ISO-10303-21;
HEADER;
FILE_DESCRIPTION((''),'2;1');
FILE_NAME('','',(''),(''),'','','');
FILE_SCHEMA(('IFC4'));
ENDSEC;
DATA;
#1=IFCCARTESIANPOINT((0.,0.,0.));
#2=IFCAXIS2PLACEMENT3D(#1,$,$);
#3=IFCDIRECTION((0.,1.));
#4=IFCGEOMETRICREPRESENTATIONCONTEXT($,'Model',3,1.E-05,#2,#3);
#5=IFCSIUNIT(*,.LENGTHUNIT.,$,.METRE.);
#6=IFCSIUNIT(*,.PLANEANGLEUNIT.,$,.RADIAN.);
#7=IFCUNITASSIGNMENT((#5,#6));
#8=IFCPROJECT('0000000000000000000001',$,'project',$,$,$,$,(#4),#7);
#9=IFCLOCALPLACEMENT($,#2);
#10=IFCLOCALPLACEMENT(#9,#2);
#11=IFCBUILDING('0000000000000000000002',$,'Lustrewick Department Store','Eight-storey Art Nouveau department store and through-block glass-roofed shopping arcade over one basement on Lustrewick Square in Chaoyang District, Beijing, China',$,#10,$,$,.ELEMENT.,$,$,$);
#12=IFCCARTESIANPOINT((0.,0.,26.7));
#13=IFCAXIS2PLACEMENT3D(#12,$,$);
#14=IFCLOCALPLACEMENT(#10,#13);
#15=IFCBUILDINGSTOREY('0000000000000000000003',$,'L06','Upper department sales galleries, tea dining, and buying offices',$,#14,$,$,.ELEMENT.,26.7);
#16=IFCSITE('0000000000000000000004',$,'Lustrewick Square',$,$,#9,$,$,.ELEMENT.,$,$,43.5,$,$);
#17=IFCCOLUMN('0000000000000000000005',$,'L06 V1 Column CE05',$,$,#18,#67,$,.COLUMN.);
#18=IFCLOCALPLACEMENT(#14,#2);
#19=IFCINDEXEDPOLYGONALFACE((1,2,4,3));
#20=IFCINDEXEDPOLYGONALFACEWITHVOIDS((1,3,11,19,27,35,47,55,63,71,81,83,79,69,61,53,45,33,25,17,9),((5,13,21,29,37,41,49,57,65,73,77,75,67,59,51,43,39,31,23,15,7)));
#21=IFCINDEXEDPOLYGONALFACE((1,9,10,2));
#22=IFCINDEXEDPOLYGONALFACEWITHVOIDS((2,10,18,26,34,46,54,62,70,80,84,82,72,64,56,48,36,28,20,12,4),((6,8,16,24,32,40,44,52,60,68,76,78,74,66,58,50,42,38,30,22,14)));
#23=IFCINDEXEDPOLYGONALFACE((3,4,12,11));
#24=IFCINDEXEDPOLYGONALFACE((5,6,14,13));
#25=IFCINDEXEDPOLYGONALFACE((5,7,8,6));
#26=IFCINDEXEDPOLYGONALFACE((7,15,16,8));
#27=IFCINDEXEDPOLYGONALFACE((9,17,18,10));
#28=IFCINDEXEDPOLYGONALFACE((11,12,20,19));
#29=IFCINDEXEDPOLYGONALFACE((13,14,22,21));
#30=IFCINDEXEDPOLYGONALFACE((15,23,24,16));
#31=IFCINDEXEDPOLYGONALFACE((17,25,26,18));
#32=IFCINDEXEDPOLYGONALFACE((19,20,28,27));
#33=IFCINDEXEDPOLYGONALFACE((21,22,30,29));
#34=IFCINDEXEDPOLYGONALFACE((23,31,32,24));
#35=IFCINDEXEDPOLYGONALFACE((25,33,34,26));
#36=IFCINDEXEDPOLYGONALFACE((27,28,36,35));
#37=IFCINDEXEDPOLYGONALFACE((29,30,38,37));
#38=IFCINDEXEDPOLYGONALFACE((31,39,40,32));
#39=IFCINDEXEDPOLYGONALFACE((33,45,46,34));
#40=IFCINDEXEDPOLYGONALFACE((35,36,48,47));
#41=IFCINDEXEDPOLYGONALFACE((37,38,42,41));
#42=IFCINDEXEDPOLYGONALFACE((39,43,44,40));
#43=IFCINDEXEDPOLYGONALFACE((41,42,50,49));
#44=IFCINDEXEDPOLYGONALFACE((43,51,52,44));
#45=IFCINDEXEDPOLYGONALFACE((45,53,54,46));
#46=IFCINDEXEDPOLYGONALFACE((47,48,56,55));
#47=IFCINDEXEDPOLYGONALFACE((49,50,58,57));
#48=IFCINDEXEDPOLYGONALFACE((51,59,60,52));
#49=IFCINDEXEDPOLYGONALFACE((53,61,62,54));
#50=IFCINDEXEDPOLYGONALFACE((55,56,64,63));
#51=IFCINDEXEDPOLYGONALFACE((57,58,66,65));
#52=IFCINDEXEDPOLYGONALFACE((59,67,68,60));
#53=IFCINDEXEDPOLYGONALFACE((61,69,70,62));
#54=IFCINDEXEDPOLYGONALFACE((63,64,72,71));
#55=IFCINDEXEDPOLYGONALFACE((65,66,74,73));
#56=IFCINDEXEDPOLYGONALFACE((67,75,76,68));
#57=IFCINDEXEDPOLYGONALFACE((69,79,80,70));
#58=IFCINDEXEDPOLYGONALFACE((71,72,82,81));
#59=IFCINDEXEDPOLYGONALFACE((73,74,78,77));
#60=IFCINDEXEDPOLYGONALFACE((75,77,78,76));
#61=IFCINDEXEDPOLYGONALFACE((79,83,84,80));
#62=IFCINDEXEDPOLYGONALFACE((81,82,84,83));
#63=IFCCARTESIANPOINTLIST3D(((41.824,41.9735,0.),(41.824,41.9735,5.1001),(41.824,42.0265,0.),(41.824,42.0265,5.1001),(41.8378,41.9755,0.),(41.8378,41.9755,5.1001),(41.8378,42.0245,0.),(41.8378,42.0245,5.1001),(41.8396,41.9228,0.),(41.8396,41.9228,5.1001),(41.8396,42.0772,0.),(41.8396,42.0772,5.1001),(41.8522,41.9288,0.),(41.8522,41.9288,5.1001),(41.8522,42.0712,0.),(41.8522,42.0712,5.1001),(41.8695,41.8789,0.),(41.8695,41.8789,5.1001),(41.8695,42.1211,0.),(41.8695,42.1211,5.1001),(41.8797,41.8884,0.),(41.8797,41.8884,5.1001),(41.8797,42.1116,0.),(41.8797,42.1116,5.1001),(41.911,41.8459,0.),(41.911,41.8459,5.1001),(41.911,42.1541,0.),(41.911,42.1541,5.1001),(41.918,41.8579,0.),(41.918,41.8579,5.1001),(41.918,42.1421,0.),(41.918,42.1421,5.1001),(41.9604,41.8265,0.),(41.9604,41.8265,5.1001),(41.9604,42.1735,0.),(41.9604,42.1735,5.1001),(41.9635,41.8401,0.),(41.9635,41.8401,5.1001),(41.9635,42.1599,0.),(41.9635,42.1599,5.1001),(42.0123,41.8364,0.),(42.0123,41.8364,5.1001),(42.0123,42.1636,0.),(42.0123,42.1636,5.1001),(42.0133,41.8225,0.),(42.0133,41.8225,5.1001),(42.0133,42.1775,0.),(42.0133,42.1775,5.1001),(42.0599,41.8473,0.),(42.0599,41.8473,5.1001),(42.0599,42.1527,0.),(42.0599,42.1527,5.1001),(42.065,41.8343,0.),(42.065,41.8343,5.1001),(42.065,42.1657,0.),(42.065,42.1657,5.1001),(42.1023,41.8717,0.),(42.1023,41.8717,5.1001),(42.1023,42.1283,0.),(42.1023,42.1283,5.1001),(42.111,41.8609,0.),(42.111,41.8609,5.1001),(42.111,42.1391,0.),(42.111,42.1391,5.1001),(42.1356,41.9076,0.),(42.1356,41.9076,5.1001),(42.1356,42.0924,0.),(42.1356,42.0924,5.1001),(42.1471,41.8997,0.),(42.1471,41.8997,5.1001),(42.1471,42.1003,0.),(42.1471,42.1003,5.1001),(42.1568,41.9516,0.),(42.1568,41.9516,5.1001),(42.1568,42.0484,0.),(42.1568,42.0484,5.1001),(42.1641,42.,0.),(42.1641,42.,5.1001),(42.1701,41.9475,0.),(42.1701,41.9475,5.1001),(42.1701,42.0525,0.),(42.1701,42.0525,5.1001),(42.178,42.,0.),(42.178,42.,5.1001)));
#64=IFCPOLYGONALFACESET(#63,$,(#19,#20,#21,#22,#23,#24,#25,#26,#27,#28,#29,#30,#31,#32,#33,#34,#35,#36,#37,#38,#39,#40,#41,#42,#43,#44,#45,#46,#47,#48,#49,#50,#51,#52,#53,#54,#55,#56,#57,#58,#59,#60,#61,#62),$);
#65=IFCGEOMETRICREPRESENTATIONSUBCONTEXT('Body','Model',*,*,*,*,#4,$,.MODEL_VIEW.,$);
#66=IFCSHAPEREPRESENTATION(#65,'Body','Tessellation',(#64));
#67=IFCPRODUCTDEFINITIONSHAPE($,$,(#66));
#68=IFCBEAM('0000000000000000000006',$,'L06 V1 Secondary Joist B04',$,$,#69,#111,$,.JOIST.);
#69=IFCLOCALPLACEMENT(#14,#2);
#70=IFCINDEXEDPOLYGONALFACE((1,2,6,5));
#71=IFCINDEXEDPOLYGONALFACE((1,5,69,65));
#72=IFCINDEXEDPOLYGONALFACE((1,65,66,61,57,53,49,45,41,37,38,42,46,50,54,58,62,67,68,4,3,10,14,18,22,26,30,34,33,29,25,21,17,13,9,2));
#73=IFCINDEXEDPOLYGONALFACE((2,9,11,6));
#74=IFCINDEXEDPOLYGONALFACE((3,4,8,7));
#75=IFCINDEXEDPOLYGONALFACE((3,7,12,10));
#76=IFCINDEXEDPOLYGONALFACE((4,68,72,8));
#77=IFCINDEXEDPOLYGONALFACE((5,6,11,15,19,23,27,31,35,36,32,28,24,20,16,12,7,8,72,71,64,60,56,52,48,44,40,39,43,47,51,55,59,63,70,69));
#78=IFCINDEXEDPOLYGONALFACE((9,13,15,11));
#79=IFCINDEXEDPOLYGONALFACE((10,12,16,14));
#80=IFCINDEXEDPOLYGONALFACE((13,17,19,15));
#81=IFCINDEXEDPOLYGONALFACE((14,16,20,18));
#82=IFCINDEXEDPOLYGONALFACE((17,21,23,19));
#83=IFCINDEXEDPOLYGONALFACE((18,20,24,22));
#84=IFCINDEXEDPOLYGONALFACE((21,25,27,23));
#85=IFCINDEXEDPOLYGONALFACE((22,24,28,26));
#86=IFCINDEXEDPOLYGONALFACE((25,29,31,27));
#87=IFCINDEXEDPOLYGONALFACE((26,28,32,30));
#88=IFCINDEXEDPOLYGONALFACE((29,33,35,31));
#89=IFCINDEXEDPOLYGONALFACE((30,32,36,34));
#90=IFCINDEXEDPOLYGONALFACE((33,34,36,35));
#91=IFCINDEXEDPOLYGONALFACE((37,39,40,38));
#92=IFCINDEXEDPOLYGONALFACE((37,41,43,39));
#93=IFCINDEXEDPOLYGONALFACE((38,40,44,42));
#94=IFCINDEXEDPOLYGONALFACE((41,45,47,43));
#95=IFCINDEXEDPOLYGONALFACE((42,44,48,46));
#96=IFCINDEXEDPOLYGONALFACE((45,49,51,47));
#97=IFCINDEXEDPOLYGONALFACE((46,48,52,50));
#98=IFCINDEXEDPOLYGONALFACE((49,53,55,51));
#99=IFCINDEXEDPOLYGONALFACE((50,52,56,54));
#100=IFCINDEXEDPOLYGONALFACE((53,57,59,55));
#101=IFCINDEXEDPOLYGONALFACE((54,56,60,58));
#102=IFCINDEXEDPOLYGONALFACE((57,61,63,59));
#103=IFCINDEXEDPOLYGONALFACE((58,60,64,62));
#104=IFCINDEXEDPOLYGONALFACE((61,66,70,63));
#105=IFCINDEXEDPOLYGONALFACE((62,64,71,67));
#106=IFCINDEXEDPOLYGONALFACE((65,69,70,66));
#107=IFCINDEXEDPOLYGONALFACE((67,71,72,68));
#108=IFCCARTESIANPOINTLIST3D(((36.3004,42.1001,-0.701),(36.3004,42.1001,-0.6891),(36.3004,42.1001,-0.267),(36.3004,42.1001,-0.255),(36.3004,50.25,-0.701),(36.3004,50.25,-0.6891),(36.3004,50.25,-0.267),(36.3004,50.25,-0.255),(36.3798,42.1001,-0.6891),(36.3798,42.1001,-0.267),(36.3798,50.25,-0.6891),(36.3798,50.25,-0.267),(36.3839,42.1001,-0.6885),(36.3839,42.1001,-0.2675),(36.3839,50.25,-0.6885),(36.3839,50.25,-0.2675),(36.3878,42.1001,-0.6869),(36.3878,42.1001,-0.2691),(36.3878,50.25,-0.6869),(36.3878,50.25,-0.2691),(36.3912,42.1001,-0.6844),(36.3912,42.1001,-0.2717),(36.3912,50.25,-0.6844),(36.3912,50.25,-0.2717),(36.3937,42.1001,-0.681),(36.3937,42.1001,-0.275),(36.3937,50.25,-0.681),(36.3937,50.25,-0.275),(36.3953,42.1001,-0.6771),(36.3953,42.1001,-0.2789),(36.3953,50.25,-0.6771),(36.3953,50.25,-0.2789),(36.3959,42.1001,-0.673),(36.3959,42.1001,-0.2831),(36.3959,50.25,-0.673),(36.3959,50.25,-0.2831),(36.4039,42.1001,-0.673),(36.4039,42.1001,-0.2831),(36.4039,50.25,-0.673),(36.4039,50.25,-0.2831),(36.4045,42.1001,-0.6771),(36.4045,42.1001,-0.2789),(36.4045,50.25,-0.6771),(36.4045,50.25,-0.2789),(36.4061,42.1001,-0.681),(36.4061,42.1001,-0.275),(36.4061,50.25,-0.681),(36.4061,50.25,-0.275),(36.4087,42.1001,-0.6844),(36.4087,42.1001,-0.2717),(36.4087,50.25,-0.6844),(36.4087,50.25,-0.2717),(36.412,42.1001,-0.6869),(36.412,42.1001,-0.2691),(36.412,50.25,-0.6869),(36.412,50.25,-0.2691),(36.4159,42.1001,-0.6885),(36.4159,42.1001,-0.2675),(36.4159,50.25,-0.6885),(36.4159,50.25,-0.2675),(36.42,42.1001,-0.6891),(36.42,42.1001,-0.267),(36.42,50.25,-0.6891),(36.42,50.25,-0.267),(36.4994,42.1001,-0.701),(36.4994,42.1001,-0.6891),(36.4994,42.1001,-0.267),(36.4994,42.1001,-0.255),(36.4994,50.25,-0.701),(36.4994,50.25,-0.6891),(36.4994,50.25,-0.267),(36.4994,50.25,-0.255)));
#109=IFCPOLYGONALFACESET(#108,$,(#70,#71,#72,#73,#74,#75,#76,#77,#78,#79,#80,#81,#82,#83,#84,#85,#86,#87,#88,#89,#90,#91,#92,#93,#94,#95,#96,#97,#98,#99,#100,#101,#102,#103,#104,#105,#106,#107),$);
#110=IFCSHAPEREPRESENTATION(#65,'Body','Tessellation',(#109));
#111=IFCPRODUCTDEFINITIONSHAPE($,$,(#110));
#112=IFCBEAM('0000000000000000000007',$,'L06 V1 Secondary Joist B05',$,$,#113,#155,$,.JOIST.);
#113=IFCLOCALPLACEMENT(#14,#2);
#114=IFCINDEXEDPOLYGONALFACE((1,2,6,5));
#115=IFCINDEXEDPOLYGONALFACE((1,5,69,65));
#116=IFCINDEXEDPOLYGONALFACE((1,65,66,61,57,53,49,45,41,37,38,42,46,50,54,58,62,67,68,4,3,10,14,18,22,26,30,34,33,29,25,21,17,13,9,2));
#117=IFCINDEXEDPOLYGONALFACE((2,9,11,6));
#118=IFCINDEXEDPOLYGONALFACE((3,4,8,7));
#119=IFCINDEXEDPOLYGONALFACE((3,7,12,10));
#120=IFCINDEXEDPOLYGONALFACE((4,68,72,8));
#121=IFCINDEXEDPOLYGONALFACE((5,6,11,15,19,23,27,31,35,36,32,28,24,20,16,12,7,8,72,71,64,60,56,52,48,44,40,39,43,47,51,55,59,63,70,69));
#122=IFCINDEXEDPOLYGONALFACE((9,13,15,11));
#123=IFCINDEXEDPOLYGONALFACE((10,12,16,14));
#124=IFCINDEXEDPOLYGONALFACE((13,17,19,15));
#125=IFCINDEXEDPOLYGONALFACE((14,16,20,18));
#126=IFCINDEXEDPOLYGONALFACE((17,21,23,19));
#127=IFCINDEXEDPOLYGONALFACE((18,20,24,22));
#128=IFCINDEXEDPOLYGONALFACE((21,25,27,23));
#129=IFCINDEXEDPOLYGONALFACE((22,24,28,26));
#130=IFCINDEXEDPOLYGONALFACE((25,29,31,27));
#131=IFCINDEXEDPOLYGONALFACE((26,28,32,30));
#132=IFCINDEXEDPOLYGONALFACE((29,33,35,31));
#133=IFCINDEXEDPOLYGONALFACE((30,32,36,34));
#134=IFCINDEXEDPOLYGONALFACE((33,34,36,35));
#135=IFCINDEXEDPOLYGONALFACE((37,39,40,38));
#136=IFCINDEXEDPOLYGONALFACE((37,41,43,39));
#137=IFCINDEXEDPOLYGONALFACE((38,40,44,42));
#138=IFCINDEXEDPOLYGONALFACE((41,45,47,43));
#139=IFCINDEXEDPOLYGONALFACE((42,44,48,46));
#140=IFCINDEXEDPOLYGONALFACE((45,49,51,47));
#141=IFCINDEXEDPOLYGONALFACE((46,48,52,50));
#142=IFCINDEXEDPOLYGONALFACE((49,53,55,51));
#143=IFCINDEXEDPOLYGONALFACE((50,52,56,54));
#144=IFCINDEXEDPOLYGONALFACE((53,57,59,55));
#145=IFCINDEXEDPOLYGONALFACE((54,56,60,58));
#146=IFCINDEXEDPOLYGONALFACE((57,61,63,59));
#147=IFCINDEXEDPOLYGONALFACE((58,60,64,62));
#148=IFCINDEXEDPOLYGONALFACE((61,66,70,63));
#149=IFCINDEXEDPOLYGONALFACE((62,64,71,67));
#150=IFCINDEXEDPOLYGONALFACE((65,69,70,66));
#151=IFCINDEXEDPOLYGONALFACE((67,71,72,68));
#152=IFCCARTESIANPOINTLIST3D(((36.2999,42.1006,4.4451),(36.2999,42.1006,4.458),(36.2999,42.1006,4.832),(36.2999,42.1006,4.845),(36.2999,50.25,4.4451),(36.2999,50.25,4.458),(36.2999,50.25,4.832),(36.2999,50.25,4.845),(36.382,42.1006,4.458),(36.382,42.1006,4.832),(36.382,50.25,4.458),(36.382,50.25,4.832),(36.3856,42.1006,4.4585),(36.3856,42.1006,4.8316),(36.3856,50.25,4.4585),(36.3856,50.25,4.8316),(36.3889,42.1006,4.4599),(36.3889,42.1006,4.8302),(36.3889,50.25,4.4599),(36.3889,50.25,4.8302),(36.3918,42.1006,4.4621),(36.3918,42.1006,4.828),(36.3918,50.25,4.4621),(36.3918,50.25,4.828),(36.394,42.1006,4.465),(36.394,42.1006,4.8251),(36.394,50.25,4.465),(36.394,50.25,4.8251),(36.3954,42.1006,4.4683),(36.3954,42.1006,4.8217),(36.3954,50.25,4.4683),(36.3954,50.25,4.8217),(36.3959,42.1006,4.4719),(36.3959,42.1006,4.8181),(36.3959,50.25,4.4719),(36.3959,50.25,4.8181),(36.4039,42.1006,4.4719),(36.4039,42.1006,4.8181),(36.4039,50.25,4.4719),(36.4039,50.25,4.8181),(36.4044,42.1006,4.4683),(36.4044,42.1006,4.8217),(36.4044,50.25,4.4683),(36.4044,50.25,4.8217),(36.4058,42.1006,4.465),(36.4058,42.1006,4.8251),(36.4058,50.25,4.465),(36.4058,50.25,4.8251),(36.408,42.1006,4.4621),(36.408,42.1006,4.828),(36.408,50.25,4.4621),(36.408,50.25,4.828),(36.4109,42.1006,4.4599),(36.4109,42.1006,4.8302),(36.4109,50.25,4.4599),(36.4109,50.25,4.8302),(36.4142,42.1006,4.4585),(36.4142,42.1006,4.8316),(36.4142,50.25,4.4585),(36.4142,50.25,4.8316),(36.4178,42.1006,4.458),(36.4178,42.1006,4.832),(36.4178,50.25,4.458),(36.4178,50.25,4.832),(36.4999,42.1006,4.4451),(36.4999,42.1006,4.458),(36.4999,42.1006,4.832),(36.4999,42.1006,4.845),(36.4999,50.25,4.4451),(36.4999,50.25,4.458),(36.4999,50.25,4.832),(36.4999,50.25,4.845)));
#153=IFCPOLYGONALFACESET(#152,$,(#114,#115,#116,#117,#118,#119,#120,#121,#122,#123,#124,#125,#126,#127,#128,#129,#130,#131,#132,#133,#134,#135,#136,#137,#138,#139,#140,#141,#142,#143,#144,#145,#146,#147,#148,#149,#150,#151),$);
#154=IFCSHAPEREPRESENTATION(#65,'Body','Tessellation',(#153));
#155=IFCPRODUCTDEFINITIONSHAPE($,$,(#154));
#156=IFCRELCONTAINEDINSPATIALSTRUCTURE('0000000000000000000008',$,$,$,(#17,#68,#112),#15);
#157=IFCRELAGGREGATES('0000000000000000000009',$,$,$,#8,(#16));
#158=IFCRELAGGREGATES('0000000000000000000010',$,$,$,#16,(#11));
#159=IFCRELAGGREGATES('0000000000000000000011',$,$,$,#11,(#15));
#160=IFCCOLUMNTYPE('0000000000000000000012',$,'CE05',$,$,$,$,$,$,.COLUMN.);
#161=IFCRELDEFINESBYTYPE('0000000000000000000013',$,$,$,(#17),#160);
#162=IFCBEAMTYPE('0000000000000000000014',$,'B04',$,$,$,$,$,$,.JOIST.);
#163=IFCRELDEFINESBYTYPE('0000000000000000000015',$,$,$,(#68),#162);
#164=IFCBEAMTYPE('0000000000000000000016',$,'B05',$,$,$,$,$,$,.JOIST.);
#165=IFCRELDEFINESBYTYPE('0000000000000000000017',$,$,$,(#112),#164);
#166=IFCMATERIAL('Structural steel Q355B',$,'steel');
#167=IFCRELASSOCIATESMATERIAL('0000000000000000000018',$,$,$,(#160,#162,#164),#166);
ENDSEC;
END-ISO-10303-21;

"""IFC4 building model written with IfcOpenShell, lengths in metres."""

from ifc_helpers import new_model, si_unit, direction, frame, origin, origin_2d, place, context, subcontext, project, spatial, hollow_circle, i_section, extrude, material, material_profile, profile_set, type_object, element, save


model = new_model("IFC4")

# Units and contexts
model_context = context("Model", 3, precision=1e-05, world=origin(), true_north=direction((0.0, 1.0)))
body_context = subcontext(model_context, "Body", "Model", "MODEL_VIEW")
ifc_project = project(units=[si_unit("LENGTHUNIT", "METRE"), si_unit("PLANEANGLEUNIT", "RADIAN")], contexts=[model_context])

# Site, building, storey
site_placement = place(None, origin())
site = spatial("IfcSite", under=ifc_project, at=site_placement, Name="Lustrewick Square", CompositionType="ELEMENT", RefElevation=43.5)
building_placement = place(site_placement, origin())
building = spatial("IfcBuilding", under=site, at=building_placement, Name="Lustrewick Department Store", Description="Eight-storey Art Nouveau department store and through-block glass-roofed shopping arcade over one basement on Lustrewick Square in Chaoyang District, Beijing, China", CompositionType="ELEMENT")
storey_placement = place(building_placement, frame((0.0, 0.0, 26.7)))
storey = spatial("IfcBuildingStorey", under=building, at=storey_placement, Name="L06", Description="Upper department sales galleries, tea dining, and buying offices", CompositionType="ELEMENT", Elevation=26.7)

# Column
ifc_material_1 = material(Name="Structural steel Q355B", Category="steel")
ifc_material_profile_1 = material_profile(ifc_material_1, hollow_circle(Radius=0.178, WallThickness=0.0139, at=origin_2d()), Name="CHS 356x14")
ifc_profile_set_1 = profile_set([ifc_material_profile_1], Name="Structural steel Q355B")
column_type = type_object("IfcColumnType", Name="CE05", PredefinedType="COLUMN", material=ifc_profile_set_1)
column_placement = place(storey_placement, frame((42.0, 42.0, 0.0), z_axis=(0.0, 0.0, 1.0), x_axis=(1.0, 0.0, 0.0)))
element("IfcColumn", 1, at=column_placement, inside=storey, type_object=column_type, Name="L06 V1 Column CE05", PredefinedType="COLUMN", context=body_context, shape_type="SweptSolid", body=[
    extrude(hollow_circle(Radius=0.178, WallThickness=0.0139, at=origin_2d()), origin(), (0.0, 0.0, 1.0), 5.1001),
])

# Beams
ifc_material_profile_2 = material_profile(ifc_material_1, i_section(OverallWidth=0.199, OverallDepth=0.446, WebThickness=0.0081, FlangeThickness=0.012, FilletRadius=0.0161, at=origin_2d()), Name="HN 446x199x8x12")
ifc_profile_set_2 = profile_set([ifc_material_profile_2], Name="Structural steel Q355B")
beam_type_1 = type_object("IfcBeamType", Name="B04", PredefinedType="JOIST", material=ifc_profile_set_2)
beam_1_placement = place(storey_placement, frame((36.3999, 42.1001, -0.478), z_axis=(0.0, 1.0, 0.0), x_axis=(-1.0, 0.0, 0.0)))
element("IfcBeam", 2, at=beam_1_placement, inside=storey, type_object=beam_type_1, Name="L06 V1 Secondary Joist B04", PredefinedType="JOIST", context=body_context, shape_type="SweptSolid", body=[
    extrude(i_section(OverallWidth=0.199, OverallDepth=0.446, WebThickness=0.0081, FlangeThickness=0.012, FilletRadius=0.0161, at=origin_2d()), origin(), (0.0, 0.0, 1.0), 8.1499),
])
ifc_material_profile_3 = material_profile(ifc_material_1, i_section(OverallWidth=0.2, OverallDepth=0.3999, WebThickness=0.0081, FlangeThickness=0.0129, FilletRadius=0.0139, at=origin_2d()), Name="HN 400x200x8x13")
ifc_profile_set_3 = profile_set([ifc_material_profile_3], Name="Structural steel Q355B")
beam_type_2 = type_object("IfcBeamType", Name="B05", PredefinedType="JOIST", material=ifc_profile_set_3)
beam_2_placement = place(storey_placement, frame((36.3999, 42.1006, 4.645), z_axis=(0.0, 1.0, 0.0), x_axis=(-1.0, 0.0, 0.0)))
element("IfcBeam", 3, at=beam_2_placement, inside=storey, type_object=beam_type_2, Name="L06 V1 Secondary Joist B05", PredefinedType="JOIST", context=body_context, shape_type="SweptSolid", body=[
    extrude(i_section(OverallWidth=0.2, OverallDepth=0.3999, WebThickness=0.0081, FlangeThickness=0.0129, FilletRadius=0.0139, at=origin_2d()), origin(), (0.0, 0.0, 1.0), 8.1494),
])

save(model, "model.ifc")
